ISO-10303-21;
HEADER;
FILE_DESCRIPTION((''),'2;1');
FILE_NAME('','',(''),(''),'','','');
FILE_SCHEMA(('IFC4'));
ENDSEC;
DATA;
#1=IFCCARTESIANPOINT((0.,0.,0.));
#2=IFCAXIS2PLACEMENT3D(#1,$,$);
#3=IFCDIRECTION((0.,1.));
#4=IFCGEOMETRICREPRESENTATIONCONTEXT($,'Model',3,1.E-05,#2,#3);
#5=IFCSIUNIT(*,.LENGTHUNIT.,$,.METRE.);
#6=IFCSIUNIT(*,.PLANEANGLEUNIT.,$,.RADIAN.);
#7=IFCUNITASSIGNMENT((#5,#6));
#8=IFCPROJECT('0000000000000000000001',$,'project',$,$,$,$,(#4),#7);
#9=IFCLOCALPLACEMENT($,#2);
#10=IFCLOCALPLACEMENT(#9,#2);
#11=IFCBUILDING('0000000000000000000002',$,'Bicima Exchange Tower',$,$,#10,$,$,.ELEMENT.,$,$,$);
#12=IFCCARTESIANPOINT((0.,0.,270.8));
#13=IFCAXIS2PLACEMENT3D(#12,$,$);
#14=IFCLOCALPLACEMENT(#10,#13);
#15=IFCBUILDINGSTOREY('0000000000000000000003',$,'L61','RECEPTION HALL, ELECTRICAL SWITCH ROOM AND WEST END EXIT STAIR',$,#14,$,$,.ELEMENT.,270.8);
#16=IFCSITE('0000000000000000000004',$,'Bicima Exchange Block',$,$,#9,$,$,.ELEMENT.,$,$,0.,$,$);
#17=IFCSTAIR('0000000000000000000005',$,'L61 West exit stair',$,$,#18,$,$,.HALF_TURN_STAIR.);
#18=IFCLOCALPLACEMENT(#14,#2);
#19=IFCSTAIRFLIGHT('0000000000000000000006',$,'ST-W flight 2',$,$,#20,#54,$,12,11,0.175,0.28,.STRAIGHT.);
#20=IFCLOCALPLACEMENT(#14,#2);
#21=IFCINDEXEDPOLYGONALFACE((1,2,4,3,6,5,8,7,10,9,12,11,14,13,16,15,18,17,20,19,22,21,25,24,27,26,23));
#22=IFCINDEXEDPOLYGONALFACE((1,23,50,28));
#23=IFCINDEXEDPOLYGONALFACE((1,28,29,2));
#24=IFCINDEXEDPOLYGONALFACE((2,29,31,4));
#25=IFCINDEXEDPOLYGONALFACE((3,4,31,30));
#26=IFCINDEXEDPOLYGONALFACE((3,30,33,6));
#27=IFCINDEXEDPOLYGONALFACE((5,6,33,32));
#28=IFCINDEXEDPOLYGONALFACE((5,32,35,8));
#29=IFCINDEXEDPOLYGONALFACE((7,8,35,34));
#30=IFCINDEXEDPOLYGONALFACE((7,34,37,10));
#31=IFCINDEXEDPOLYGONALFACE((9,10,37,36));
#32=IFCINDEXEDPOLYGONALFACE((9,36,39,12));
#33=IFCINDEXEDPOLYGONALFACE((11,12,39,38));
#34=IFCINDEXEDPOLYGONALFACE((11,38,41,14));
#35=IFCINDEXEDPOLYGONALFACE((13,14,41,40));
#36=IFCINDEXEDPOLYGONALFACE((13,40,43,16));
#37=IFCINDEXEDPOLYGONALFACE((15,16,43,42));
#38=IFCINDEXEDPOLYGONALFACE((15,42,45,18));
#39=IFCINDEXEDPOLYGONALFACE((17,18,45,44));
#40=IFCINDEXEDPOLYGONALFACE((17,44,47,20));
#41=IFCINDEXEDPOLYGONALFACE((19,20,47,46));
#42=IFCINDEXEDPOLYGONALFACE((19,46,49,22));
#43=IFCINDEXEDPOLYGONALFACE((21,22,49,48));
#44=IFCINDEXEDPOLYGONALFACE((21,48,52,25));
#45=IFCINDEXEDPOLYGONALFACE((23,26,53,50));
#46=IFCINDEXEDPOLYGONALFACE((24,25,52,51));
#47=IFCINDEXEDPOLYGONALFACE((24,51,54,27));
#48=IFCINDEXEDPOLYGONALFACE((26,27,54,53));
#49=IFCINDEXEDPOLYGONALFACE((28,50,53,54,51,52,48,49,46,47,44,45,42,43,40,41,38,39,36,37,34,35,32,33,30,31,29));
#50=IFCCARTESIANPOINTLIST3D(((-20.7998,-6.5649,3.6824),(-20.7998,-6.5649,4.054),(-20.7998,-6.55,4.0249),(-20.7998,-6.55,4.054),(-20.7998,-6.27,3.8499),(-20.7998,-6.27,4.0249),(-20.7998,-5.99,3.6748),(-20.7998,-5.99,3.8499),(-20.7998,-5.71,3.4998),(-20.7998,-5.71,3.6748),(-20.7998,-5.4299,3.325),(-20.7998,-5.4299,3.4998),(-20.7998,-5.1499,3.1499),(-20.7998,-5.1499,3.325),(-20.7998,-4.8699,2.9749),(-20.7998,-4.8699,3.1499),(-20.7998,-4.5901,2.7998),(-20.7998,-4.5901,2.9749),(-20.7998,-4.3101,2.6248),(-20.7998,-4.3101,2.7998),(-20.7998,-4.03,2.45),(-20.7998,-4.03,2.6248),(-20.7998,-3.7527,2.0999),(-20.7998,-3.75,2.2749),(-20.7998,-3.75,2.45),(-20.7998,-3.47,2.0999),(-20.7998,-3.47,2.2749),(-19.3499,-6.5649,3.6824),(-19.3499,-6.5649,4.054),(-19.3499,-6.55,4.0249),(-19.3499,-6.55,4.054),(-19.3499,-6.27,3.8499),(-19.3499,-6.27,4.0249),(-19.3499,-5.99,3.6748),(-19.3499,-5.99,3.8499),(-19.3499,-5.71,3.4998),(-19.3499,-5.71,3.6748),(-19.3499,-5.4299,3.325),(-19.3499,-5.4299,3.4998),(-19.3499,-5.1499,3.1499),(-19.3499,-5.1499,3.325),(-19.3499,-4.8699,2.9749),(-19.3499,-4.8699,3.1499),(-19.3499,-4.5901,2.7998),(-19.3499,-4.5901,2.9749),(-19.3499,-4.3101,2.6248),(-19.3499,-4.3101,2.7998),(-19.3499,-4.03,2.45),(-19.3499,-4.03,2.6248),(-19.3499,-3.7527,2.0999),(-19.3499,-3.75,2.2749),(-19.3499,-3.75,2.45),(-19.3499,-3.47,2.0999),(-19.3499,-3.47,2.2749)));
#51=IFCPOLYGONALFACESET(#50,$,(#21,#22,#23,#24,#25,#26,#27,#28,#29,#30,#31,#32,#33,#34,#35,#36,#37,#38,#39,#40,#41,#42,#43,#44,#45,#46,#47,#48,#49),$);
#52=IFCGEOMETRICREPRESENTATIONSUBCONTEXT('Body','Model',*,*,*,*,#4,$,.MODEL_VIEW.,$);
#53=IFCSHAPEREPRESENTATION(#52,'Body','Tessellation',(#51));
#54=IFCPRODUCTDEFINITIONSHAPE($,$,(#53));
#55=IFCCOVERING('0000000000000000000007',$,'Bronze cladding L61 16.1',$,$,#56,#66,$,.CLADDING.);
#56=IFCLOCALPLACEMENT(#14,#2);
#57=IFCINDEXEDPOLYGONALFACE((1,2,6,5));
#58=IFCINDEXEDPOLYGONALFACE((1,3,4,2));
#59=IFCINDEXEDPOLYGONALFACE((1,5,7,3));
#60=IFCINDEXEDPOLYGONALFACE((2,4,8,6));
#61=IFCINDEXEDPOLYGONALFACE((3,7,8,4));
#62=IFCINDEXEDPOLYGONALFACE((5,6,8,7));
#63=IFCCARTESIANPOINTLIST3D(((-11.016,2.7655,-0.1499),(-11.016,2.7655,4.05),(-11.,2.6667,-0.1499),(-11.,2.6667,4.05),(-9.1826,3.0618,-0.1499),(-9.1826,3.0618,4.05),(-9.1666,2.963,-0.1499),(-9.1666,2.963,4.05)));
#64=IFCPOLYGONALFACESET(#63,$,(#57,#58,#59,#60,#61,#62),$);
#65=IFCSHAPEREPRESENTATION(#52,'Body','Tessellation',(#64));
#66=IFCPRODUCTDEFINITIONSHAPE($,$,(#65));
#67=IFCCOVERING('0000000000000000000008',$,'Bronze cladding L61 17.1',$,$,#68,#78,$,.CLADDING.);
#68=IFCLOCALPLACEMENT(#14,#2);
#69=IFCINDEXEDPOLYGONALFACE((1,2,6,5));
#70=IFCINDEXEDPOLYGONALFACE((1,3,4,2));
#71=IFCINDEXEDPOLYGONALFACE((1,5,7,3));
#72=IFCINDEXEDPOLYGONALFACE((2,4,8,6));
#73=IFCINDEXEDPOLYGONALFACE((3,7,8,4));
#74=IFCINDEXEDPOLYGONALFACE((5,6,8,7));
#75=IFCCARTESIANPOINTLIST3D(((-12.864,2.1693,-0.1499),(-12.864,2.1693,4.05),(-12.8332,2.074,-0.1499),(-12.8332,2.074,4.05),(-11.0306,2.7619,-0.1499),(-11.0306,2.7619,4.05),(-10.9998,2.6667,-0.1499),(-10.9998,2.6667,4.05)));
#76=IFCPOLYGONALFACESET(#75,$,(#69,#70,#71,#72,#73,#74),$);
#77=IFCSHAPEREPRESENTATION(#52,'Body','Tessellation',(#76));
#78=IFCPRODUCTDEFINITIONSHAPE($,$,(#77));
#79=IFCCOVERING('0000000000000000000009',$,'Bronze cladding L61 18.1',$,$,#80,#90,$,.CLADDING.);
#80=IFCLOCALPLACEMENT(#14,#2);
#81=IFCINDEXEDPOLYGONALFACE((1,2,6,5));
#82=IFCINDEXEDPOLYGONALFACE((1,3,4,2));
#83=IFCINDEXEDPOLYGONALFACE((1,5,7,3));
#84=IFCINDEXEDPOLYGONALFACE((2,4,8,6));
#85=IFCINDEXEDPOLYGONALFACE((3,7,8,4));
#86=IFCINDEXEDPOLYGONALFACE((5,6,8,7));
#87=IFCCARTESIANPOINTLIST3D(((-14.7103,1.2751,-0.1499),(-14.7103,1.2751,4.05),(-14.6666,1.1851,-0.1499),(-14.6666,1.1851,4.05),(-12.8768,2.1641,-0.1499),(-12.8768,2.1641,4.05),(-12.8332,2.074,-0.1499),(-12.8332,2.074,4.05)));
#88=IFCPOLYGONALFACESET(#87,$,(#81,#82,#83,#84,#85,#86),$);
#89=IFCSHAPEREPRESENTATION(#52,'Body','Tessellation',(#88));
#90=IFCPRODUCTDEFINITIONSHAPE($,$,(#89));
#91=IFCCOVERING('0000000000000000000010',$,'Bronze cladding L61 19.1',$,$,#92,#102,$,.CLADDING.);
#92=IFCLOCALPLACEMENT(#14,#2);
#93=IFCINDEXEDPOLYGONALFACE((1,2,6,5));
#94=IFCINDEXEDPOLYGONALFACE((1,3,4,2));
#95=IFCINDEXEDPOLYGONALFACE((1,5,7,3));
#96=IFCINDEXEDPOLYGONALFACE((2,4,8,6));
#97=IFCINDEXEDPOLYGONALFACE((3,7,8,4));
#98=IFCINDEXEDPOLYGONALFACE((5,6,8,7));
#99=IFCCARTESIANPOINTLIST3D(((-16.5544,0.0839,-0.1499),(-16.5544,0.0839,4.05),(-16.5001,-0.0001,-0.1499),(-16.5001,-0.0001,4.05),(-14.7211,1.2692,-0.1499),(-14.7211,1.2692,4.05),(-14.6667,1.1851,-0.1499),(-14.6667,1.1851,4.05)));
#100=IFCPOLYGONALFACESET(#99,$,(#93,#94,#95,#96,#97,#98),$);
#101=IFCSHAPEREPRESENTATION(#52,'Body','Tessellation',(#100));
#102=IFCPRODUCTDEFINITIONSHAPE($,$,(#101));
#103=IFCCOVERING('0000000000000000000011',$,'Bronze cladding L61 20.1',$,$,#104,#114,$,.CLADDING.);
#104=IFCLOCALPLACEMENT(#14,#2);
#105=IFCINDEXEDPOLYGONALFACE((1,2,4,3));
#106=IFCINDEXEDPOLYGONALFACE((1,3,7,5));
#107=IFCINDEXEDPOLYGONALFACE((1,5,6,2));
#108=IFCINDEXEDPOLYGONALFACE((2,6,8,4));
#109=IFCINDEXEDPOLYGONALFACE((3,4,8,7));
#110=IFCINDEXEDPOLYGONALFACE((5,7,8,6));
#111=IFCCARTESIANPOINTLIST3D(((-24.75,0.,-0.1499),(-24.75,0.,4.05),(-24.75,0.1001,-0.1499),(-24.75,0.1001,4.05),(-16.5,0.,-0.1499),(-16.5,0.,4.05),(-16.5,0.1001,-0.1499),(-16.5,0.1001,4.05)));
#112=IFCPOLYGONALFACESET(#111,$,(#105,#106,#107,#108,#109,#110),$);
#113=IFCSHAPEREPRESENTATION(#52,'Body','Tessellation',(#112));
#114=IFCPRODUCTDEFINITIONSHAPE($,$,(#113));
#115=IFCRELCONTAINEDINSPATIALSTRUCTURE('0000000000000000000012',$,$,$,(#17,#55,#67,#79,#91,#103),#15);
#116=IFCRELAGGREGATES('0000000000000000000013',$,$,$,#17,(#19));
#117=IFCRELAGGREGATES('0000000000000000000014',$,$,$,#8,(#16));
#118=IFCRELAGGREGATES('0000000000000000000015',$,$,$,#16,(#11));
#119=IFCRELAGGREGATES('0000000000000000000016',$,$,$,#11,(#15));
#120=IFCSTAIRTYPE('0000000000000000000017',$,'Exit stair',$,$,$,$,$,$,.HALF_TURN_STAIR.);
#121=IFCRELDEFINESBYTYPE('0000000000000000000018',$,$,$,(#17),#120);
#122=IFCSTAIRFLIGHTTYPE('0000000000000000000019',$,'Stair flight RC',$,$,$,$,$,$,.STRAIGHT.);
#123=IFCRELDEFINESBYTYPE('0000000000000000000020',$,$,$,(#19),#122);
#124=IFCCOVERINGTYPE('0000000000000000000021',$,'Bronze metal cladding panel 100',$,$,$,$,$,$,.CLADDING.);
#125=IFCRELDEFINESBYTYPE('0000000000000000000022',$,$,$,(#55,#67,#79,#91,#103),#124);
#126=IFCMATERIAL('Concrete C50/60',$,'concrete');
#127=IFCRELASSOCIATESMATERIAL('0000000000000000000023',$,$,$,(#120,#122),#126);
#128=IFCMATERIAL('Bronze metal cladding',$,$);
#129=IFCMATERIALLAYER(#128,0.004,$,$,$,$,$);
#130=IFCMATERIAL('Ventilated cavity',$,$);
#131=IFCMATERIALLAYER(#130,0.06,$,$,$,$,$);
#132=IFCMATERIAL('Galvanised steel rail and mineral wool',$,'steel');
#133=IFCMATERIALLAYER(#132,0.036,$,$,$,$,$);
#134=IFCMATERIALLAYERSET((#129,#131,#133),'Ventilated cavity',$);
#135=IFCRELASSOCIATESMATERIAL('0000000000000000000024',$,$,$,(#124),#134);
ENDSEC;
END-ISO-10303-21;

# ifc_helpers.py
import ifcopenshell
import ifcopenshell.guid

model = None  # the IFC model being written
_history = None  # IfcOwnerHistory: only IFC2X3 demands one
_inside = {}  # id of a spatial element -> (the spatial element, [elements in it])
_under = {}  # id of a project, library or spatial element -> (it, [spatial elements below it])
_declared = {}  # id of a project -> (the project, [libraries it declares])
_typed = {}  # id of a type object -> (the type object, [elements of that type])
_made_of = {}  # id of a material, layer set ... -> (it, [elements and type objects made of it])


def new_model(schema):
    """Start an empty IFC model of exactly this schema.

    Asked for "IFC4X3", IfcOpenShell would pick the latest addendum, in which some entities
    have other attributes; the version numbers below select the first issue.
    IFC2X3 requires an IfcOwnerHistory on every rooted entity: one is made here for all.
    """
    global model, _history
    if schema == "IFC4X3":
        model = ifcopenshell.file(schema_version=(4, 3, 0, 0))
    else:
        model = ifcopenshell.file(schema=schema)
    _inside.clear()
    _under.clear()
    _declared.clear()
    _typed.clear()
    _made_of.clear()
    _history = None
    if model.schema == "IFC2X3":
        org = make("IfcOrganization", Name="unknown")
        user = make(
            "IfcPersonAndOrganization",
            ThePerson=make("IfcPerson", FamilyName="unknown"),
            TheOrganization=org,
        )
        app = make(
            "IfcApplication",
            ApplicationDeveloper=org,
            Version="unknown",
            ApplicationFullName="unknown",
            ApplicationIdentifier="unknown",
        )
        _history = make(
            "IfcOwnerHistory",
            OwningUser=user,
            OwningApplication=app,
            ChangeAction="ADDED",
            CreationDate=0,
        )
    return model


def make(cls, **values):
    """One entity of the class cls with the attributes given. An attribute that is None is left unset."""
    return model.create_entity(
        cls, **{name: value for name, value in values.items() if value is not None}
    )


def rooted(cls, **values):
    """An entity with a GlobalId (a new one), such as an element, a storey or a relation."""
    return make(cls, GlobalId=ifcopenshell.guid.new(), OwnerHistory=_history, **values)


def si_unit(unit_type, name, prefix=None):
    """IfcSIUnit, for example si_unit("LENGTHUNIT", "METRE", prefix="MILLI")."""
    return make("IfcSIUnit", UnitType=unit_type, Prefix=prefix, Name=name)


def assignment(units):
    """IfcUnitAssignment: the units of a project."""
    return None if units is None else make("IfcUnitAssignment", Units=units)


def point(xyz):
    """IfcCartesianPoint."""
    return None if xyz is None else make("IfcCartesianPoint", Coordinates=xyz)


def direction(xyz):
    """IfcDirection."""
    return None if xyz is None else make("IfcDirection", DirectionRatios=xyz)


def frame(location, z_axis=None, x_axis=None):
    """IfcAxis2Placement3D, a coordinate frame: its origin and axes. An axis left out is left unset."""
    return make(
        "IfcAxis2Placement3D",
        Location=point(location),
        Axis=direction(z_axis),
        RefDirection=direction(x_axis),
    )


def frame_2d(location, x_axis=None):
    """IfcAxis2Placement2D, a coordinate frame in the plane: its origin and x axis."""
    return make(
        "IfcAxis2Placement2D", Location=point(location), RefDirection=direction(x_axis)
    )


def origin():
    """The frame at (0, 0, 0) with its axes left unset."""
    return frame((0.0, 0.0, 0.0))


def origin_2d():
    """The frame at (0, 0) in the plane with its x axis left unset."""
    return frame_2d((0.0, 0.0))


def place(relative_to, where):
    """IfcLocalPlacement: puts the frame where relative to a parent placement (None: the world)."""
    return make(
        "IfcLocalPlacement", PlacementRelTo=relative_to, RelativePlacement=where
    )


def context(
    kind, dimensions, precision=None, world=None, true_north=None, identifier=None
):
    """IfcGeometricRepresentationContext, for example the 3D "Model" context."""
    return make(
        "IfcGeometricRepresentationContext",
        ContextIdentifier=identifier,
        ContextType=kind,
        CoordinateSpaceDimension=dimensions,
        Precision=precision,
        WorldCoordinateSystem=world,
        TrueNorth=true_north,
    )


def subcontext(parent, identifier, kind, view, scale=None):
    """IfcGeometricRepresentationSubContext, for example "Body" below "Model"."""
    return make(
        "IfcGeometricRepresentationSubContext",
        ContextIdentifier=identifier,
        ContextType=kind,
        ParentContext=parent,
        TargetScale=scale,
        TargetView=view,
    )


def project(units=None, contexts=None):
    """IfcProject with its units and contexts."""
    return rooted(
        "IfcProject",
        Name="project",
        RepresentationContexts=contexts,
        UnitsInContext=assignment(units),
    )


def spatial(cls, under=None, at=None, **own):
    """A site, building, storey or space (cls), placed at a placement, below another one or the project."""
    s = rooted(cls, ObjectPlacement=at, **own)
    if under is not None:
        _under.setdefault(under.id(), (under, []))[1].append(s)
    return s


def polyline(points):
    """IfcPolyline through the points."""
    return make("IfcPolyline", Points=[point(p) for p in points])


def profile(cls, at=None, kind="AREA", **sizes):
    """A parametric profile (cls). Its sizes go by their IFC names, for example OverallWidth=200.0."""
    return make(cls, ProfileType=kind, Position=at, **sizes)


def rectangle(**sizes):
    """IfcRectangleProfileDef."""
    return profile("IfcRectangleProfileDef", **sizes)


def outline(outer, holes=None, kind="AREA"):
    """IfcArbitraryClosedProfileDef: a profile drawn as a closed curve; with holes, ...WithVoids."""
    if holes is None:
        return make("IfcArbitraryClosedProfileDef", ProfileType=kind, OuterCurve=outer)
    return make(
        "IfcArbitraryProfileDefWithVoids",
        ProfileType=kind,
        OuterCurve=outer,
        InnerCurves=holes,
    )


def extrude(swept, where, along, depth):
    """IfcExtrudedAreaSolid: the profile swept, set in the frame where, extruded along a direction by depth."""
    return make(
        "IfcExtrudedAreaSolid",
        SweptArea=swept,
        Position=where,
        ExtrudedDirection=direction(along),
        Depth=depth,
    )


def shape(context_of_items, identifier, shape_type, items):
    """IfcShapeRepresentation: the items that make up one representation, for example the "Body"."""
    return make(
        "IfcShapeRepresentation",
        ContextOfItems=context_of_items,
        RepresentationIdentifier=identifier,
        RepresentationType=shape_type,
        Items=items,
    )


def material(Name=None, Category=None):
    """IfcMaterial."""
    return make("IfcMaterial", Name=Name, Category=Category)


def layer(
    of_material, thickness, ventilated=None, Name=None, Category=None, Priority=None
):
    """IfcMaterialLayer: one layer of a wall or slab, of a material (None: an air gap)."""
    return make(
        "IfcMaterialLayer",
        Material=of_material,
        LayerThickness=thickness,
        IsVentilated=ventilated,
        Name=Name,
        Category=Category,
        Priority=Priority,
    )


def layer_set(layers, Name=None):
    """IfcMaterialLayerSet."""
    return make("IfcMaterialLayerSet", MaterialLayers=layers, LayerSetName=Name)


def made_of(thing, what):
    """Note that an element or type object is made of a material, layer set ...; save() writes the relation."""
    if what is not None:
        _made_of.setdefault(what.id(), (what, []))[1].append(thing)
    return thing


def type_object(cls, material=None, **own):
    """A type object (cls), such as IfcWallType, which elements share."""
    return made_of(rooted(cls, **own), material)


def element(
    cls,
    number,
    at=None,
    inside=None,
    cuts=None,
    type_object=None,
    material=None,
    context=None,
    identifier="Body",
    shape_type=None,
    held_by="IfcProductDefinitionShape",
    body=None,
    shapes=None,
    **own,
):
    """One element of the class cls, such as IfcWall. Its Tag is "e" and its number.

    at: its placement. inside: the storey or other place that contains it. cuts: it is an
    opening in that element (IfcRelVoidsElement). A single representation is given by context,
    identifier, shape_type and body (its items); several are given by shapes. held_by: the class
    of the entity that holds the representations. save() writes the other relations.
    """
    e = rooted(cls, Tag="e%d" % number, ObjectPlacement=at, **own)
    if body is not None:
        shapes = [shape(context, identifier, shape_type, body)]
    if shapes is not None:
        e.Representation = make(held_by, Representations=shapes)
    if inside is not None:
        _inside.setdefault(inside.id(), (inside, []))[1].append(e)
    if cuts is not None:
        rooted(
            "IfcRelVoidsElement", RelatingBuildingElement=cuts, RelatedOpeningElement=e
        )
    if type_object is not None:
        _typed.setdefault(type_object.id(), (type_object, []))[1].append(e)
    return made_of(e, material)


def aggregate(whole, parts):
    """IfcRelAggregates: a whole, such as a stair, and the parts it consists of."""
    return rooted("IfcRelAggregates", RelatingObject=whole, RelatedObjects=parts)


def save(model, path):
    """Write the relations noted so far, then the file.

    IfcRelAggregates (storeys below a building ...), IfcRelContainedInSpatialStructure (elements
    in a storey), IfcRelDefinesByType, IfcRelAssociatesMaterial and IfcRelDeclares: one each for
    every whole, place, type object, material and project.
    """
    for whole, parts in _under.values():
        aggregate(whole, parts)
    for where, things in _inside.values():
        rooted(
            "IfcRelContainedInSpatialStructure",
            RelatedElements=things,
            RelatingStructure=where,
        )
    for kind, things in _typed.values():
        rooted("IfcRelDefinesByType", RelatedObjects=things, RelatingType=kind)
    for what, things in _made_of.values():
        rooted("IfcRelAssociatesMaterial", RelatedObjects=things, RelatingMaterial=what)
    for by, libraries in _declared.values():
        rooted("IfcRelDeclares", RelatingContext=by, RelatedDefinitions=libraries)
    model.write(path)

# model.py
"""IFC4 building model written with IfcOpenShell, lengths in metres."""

from ifc_helpers import new_model, si_unit, direction, frame, origin, origin_2d, place, context, subcontext, project, spatial, polyline, rectangle, outline, extrude, material, layer, layer_set, type_object, element, aggregate, save


model = new_model("IFC4")

# Units and contexts
model_context = context("Model", 3, precision=1e-05, world=origin(), true_north=direction((0.0, 1.0)))
body_context = subcontext(model_context, "Body", "Model", "MODEL_VIEW")
ifc_project = project(units=[si_unit("LENGTHUNIT", "METRE"), si_unit("PLANEANGLEUNIT", "RADIAN")], contexts=[model_context])

# Site, building, storey
site_placement = place(None, origin())
site = spatial("IfcSite", under=ifc_project, at=site_placement, Name="Bicima Exchange Block", CompositionType="ELEMENT", RefElevation=0.0)
building_placement = place(site_placement, origin())
building = spatial("IfcBuilding", under=site, at=building_placement, Name="Bicima Exchange Tower", CompositionType="ELEMENT")
storey_placement = place(building_placement, frame((0.0, 0.0, 270.8)))
storey = spatial("IfcBuildingStorey", under=building, at=storey_placement, Name="L61", Description="RECEPTION HALL, ELECTRICAL SWITCH ROOM AND WEST END EXIT STAIR", CompositionType="ELEMENT", Elevation=270.8)

# Shared definitions
ifc_material_1 = material(Name="Concrete C50/60", Category="concrete")

# Stair, stair flight
stair_type = type_object("IfcStairType", Name="Exit stair", PredefinedType="HALF_TURN_STAIR", material=ifc_material_1)
stair_placement = place(storey_placement, origin())
stair = element("IfcStair", 1, at=stair_placement, inside=storey, type_object=stair_type, Name="L61 West exit stair", PredefinedType="HALF_TURN_STAIR")
stair_flight_type = type_object("IfcStairFlightType", Name="Stair flight RC", PredefinedType="STRAIGHT", material=ifc_material_1)
stair_flight_1_placement = place(storey_placement, frame((-20.075, -3.47, 2.0999), z_axis=(0.0, 0.0, 1.0), x_axis=(0.0, -1.0, 0.0)))
stair_flight_1 = element("IfcStairFlight", 2, at=stair_flight_1_placement, type_object=stair_flight_type, Name="ST-W flight 2", NumberOfRisers=12, NumberOfTreads=11, PredefinedType="STRAIGHT", RiserHeight=0.175, TreadLength=0.28, context=body_context, shape_type="SweptSolid", body=[
    extrude(outline(polyline([(0.0, 0.0), (0.0, 0.175), (0.28, 0.175), (0.28, 0.3501), (0.5601, 0.3501), (0.5601, 0.5249), (0.8401, 0.5249), (0.8401, 0.7), (1.1201, 0.7), (1.1201, 0.875), (1.3999, 0.875), (1.3999, 1.05), (1.6799, 1.05), (1.6799, 1.2251), (1.96, 1.2251), (1.96, 1.3999), (2.24, 1.3999), (2.24, 1.575), (2.52, 1.575), (2.52, 1.75), (2.8, 1.75), (2.8, 1.925), (3.0801, 1.925), (3.0801, 1.9541), (3.095, 1.9541), (3.095, 1.5825), (0.2827, 0.0), (0.0, 0.0)])), frame((0.0, 0.7251, 0.0), z_axis=(0.0, -1.0, 0.0), x_axis=(1.0, 0.0, 0.0)), (0.0, 0.0, 1.0), 1.45),
])
aggregate(stair, [stair_flight_1])

# Coverings
ifc_material_2 = material(Name="Bronze metal cladding")
ifc_layer_1 = layer(ifc_material_2, 0.004)
ifc_material_3 = material(Name="Ventilated cavity")
ifc_layer_2 = layer(ifc_material_3, 0.06)
ifc_material_4 = material(Name="Galvanised steel rail and mineral wool", Category="steel")
ifc_layer_3 = layer(ifc_material_4, 0.036)
ifc_layer_set_1 = layer_set([ifc_layer_1, ifc_layer_2, ifc_layer_3], Name="Ventilated cavity")
covering_type = type_object("IfcCoveringType", Name="Bronze metal cladding panel 100", PredefinedType="CLADDING", material=ifc_layer_set_1)
covering_1_placement = place(storey_placement, frame((-10.0913, 2.8643, -0.1499), z_axis=(0.0, 0.0, 1.0), x_axis=(-0.98719, -0.15955, 0.0)))
element("IfcCovering", 3, at=covering_1_placement, inside=storey, type_object=covering_type, Name="Bronze cladding L61 16.1", PredefinedType="CLADDING", context=body_context, shape_type="SweptSolid", body=[
    extrude(rectangle(XDim=1.8572, YDim=0.1001, at=origin_2d()), origin(), (0.0, 0.0, 1.0), 4.2),
])
covering_2_placement = place(storey_placement, frame((-11.9319, 2.418, -0.1499), z_axis=(0.0, 0.0, 1.0), x_axis=(-0.951525, -0.307573, 0.0)))
element("IfcCovering", 4, at=covering_2_placement, inside=storey, type_object=covering_type, Name="Bronze cladding L61 17.1", PredefinedType="CLADDING", context=body_context, shape_type="SweptSolid", body=[
    extrude(rectangle(XDim=1.9268, YDim=0.1001, at=origin_2d()), origin(), (0.0, 0.0, 1.0), 4.2),
])
covering_3_placement = place(storey_placement, frame((-13.7717, 1.6746, -0.1499), z_axis=(0.0, 0.0, 1.0), x_axis=(-0.899818, -0.436265, 0.0)))
element("IfcCovering", 5, at=covering_3_placement, inside=storey, type_object=covering_type, Name="Bronze cladding L61 18.1", PredefinedType="CLADDING", context=body_context, shape_type="SweptSolid", body=[
    extrude(rectangle(XDim=2.0376, YDim=0.1001, at=origin_2d()), origin(), (0.0, 0.0, 1.0), 4.2),
])
covering_4_placement = place(storey_placement, frame((-15.6106, 0.6345, -0.1499), z_axis=(0.0, 0.0, 1.0), x_axis=(-0.83979, -0.542911, 0.0)))
element("IfcCovering", 6, at=covering_4_placement, inside=storey, type_object=covering_type, Name="Bronze cladding L61 19.1", PredefinedType="CLADDING", context=body_context, shape_type="SweptSolid", body=[
    extrude(rectangle(XDim=2.1831, YDim=0.1001, at=origin_2d()), origin(), (0.0, 0.0, 1.0), 4.2),
])
covering_5_placement = place(storey_placement, frame((-20.625, 0.05, -0.1499), z_axis=(0.0, 0.0, 1.0), x_axis=(-1.0, 0.0, 0.0)))
element("IfcCovering", 7, at=covering_5_placement, inside=storey, type_object=covering_type, Name="Bronze cladding L61 20.1", PredefinedType="CLADDING", context=body_context, shape_type="SweptSolid", body=[
    extrude(rectangle(XDim=8.25, YDim=0.1001, at=origin_2d()), origin(), (0.0, 0.0, 1.0), 4.2),
])

save(model, "model.ifc")
